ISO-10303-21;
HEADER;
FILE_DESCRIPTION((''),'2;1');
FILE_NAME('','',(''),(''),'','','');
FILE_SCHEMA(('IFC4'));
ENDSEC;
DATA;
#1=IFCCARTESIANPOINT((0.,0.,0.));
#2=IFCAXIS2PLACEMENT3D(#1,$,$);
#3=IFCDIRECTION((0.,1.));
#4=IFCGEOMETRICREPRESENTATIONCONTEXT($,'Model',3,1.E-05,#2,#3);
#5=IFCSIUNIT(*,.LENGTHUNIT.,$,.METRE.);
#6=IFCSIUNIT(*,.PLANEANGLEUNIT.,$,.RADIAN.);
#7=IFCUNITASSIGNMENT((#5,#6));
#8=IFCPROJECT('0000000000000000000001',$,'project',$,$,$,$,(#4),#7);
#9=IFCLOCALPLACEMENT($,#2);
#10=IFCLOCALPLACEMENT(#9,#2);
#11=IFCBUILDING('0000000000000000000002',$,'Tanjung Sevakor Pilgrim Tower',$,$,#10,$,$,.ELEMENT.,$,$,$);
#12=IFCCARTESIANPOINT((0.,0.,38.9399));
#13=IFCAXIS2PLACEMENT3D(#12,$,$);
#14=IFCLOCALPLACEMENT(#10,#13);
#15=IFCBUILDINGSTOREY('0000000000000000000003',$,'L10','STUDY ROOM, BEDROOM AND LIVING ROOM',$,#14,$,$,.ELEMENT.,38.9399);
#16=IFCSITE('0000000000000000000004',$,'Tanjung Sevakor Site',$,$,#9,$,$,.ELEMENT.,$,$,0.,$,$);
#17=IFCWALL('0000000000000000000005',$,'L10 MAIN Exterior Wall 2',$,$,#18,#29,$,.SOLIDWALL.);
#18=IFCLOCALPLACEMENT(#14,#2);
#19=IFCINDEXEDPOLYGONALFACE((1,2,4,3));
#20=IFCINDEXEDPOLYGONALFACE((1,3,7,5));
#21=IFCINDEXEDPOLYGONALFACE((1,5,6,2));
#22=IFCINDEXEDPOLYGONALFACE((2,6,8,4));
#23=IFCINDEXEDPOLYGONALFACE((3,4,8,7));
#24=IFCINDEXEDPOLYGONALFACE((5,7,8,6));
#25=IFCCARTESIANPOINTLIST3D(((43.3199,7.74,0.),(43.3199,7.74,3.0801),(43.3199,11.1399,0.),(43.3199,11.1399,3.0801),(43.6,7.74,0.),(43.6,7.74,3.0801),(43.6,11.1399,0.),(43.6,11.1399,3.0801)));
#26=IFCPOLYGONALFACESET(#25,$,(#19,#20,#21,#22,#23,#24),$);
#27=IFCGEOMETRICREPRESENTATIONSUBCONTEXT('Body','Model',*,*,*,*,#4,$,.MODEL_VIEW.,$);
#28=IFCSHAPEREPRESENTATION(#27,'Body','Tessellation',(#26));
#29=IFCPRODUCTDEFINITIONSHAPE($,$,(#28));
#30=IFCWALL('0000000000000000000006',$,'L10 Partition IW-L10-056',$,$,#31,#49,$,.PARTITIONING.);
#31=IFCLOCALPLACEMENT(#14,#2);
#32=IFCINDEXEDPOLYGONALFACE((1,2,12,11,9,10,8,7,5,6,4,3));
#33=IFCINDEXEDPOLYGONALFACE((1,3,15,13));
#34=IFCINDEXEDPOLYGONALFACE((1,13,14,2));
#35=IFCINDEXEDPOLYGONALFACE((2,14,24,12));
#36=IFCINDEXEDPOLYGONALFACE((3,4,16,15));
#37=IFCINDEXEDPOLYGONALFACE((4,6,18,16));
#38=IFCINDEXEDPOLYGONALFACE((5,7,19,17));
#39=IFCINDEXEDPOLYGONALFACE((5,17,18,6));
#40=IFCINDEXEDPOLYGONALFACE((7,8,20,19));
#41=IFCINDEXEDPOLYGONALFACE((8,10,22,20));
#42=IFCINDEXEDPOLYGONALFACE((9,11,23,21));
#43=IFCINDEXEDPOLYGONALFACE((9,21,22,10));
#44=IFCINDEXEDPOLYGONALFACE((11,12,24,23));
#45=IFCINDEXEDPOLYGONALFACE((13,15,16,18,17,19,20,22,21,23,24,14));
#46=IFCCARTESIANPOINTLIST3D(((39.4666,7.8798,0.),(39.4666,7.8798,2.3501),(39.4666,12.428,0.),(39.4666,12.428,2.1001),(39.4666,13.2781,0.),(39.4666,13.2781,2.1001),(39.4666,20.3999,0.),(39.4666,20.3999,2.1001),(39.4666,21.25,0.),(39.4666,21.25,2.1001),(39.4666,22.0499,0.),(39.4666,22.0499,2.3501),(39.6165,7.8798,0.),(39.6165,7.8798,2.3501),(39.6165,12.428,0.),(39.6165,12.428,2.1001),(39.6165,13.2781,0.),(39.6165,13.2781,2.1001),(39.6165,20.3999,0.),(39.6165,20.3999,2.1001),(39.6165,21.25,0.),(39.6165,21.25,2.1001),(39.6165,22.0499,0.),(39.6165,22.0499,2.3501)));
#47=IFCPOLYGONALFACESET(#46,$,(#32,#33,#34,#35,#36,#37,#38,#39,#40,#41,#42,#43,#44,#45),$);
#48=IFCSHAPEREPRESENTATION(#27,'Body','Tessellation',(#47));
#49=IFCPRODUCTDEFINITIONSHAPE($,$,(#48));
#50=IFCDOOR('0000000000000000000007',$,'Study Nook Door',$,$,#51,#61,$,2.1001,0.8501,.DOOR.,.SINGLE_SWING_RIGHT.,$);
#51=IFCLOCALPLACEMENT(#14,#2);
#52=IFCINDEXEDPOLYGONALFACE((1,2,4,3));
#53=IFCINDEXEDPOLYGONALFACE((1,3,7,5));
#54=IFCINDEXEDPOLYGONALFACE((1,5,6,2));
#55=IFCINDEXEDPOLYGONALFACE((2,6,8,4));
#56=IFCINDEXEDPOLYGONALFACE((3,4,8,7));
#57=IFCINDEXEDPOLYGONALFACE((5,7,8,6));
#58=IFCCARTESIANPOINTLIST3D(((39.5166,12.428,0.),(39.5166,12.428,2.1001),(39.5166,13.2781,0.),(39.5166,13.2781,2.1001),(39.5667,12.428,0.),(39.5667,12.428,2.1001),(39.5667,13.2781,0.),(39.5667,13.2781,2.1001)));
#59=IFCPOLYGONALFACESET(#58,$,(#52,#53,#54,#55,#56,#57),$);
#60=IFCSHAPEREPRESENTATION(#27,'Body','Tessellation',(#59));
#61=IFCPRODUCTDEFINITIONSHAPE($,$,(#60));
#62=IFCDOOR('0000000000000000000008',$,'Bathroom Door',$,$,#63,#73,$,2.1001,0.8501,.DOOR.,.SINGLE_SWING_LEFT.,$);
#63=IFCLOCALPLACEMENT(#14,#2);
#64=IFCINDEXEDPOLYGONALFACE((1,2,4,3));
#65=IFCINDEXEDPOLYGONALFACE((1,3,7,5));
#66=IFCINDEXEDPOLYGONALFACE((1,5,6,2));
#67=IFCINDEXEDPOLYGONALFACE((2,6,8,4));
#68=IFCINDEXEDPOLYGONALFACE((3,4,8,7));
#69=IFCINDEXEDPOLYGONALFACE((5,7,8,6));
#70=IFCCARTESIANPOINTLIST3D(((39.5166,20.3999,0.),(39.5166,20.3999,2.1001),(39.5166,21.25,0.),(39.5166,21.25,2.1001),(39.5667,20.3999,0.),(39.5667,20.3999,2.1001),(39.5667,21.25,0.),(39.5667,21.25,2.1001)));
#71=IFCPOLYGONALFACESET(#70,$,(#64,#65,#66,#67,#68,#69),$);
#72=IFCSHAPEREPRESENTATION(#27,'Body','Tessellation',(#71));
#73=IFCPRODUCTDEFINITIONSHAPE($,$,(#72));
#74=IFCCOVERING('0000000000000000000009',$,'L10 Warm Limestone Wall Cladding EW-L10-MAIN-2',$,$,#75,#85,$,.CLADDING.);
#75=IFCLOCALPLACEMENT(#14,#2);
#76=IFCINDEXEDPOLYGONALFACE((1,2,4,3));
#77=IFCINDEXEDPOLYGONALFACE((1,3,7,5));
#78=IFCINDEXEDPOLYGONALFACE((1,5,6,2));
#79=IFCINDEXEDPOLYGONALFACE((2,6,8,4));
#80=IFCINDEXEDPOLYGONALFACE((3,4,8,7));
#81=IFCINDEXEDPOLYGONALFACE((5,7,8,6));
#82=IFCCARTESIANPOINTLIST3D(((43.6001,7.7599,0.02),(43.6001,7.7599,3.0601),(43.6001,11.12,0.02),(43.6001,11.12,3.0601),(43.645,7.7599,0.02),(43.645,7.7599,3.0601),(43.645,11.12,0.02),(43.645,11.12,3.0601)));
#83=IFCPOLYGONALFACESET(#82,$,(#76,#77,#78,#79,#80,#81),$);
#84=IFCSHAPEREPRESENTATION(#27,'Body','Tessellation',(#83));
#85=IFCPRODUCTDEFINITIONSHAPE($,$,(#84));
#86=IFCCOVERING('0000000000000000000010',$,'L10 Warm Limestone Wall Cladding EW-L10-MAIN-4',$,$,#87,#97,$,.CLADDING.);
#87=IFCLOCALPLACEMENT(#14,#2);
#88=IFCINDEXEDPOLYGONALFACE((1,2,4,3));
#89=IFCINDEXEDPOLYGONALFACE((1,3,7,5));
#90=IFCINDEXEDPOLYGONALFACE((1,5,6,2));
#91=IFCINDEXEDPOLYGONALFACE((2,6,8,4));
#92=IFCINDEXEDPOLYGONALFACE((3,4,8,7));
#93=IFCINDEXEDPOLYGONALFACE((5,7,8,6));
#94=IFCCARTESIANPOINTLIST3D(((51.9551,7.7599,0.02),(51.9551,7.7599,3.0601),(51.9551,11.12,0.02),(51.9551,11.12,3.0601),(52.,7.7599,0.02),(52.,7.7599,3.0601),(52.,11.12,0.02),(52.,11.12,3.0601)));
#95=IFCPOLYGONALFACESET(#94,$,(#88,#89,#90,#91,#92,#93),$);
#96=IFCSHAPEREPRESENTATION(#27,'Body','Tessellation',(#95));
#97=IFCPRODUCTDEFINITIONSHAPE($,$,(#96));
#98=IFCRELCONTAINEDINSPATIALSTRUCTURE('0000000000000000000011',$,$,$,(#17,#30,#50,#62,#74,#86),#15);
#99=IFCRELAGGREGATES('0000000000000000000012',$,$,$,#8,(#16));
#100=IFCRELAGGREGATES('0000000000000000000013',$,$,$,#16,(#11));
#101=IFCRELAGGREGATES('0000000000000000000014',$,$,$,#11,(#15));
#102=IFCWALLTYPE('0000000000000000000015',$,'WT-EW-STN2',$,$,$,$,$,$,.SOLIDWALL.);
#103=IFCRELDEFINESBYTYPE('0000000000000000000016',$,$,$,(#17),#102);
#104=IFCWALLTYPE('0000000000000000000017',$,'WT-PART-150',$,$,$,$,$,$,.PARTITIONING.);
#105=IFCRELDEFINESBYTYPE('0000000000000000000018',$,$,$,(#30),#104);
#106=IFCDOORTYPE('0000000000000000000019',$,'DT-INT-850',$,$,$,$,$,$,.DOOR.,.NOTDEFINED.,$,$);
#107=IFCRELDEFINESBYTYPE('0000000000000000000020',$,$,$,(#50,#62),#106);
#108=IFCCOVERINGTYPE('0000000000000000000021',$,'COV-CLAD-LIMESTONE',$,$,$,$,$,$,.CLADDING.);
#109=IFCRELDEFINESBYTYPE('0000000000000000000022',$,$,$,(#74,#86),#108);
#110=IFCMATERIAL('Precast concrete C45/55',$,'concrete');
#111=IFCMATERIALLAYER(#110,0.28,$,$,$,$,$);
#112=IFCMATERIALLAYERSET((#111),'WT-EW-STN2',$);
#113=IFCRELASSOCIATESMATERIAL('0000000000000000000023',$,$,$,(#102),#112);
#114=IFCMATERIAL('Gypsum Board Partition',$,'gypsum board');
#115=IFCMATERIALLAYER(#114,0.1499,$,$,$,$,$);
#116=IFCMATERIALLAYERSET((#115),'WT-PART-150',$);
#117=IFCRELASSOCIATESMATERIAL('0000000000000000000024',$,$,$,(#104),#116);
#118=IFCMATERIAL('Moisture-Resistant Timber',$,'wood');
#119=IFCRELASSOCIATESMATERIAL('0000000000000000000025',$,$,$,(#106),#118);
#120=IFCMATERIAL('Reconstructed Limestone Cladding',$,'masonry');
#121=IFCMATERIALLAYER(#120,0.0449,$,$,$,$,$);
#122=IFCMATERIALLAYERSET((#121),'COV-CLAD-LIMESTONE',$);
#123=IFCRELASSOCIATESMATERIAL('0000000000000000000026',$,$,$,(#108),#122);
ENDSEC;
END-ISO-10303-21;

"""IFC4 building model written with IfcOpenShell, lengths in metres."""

from ifc_helpers import new_model, si_unit, direction, frame, frame_2d, origin, origin_2d, place, context, subcontext, project, spatial, rectangle, extrude, material, layer, layer_set, type_object, element, fill, save


model = new_model("IFC4")

# Units and contexts
model_context = context("Model", 3, precision=1e-05, world=origin(), true_north=direction((0.0, 1.0)))
body_context = subcontext(model_context, "Body", "Model", "MODEL_VIEW")
ifc_project = project(units=[si_unit("LENGTHUNIT", "METRE"), si_unit("PLANEANGLEUNIT", "RADIAN")], contexts=[model_context])

# Site, building, storey
site_placement = place(None, origin())
site = spatial("IfcSite", under=ifc_project, at=site_placement, Name="Tanjung Sevakor Site", CompositionType="ELEMENT", RefElevation=0.0)
building_placement = place(site_placement, origin())
building = spatial("IfcBuilding", under=site, at=building_placement, Name="Tanjung Sevakor Pilgrim Tower", CompositionType="ELEMENT")
storey_placement = place(building_placement, frame((0.0, 0.0, 38.9399)))
storey = spatial("IfcBuildingStorey", under=building, at=storey_placement, Name="L10", Description="STUDY ROOM, BEDROOM AND LIVING ROOM", CompositionType="ELEMENT", Elevation=38.9399)

# Wall
ifc_material_1 = material(Name="Precast concrete C45/55", Category="concrete")
ifc_layer_1 = layer(ifc_material_1, 0.28)
ifc_layer_set_1 = layer_set([ifc_layer_1], Name="WT-EW-STN2")
wall_type_1 = type_object("IfcWallType", Name="WT-EW-STN2", PredefinedType="SOLIDWALL", material=ifc_layer_set_1)
wall_1_placement = place(storey_placement, frame((43.46, 7.74, 0.0), z_axis=(0.0, 0.0, 1.0), x_axis=(0.0, 1.0, 0.0)))
element("IfcWall", 1, at=wall_1_placement, inside=storey, type_object=wall_type_1, Name="L10 MAIN Exterior Wall 2", PredefinedType="SOLIDWALL", context=body_context, shape_type="SweptSolid", body=[
    extrude(rectangle(XDim=3.3999, YDim=0.28, at=frame_2d((1.7, 0.0))), origin(), (0.0, 0.0, 1.0), 3.0801),
])

# Wall, openings, doors
ifc_material_2 = material(Name="Gypsum Board Partition", Category="gypsum board")
ifc_layer_2 = layer(ifc_material_2, 0.1499)
ifc_layer_set_2 = layer_set([ifc_layer_2], Name="WT-PART-150")
wall_type_2 = type_object("IfcWallType", Name="WT-PART-150", PredefinedType="PARTITIONING", material=ifc_layer_set_2)
wall_2_placement = place(storey_placement, frame((39.5415, 7.8799, 0.0), z_axis=(0.0, 0.0, 1.0), x_axis=(0.0, 1.0, 0.0)))
wall_2 = element("IfcWall", 2, at=wall_2_placement, inside=storey, type_object=wall_type_2, Name="L10 Partition IW-L10-056", PredefinedType="PARTITIONING", context=body_context, shape_type="SweptSolid", body=[
    extrude(rectangle(XDim=14.1702, YDim=0.1499, at=frame_2d((7.085, 0.0))), origin(), (0.0, 0.0, 1.0), 2.3501),
])
opening_1_placement = place(wall_2_placement, frame((4.5481, 0.0, 0.0)))
opening_1 = element("IfcOpeningElement", 3, at=opening_1_placement, cuts=wall_2, PredefinedType="OPENING", context=body_context, shape_type="SweptSolid", body=[
    extrude(rectangle(XDim=0.8501, YDim=2.1001, at=frame_2d((0.425, 1.05))), frame((0.0, 0.085, 0.0), z_axis=(0.0, -1.0, 0.0), x_axis=(1.0, 0.0, 0.0)), (0.0, 0.0, 1.0), 0.1699),
])
opening_2_placement = place(wall_2_placement, frame((12.52, 0.0, 0.0)))
opening_2 = element("IfcOpeningElement", 4, at=opening_2_placement, cuts=wall_2, PredefinedType="OPENING", context=body_context, shape_type="SweptSolid", body=[
    extrude(rectangle(XDim=0.8501, YDim=2.1001, at=frame_2d((0.425, 1.05))), frame((0.0, 0.085, 0.0), z_axis=(0.0, -1.0, 0.0), x_axis=(1.0, 0.0, 0.0)), (0.0, 0.0, 1.0), 0.1699),
])
ifc_material_3 = material(Name="Moisture-Resistant Timber", Category="wood")
door_type_1 = type_object("IfcDoorType", Name="DT-INT-850", OperationType="NOTDEFINED", PredefinedType="DOOR", material=ifc_material_3)
door_1_placement = place(opening_1_placement, origin())
door_1 = element("IfcDoor", 5, at=door_1_placement, inside=storey, type_object=door_type_1, Name="Study Nook Door", OperationType="SINGLE_SWING_RIGHT", OverallHeight=2.1001, OverallWidth=0.8501, PredefinedType="DOOR", context=body_context, shape_type="SweptSolid", body=[
    extrude(rectangle(XDim=0.8501, YDim=2.1001, at=frame_2d((0.425, 1.05))), frame((0.0, 0.0249, 0.0), z_axis=(0.0, -1.0, 0.0), x_axis=(1.0, 0.0, 0.0)), (0.0, 0.0, 1.0), 0.05),
])
fill(opening_1, door_1)
door_2_placement = place(opening_2_placement, origin())
door_2 = element("IfcDoor", 6, at=door_2_placement, inside=storey, type_object=door_type_1, Name="Bathroom Door", OperationType="SINGLE_SWING_LEFT", OverallHeight=2.1001, OverallWidth=0.8501, PredefinedType="DOOR", context=body_context, shape_type="SweptSolid", body=[
    extrude(rectangle(XDim=0.8501, YDim=2.1001, at=frame_2d((0.425, 1.05))), frame((0.0, 0.0249, 0.0), z_axis=(0.0, -1.0, 0.0), x_axis=(1.0, 0.0, 0.0)), (0.0, 0.0, 1.0), 0.05),
])
fill(opening_2, door_2)

# Coverings
ifc_material_4 = material(Name="Reconstructed Limestone Cladding", Category="masonry")
ifc_layer_3 = layer(ifc_material_4, 0.0449)
ifc_layer_set_3 = layer_set([ifc_layer_3], Name="COV-CLAD-LIMESTONE")
covering_type = type_object("IfcCoveringType", Name="COV-CLAD-LIMESTONE", PredefinedType="CLADDING", material=ifc_layer_set_3)
for number, where, z_axis, x_axis, name in (
    (7, (43.6226, 9.4399, 0.02), (0.0, 0.0, 1.0), (0.0, 1.0, 0.0), "L10 Warm Limestone Wall Cladding EW-L10-MAIN-2"),
    (8, (51.9775, 9.4399, 0.02), (0.0, 0.0, 1.0), (0.0, -1.0, 0.0), "L10 Warm Limestone Wall Cladding EW-L10-MAIN-4"),
):
    element("IfcCovering", number, at=place(storey_placement, frame(where, z_axis=z_axis, x_axis=x_axis)), inside=storey, type_object=covering_type, Name=name, PredefinedType="CLADDING", context=body_context, shape_type="SweptSolid", body=[
        extrude(rectangle(XDim=3.3601, YDim=0.0449, at=origin_2d()), origin(), (0.0, 0.0, 1.0), 3.04),
    ])

save(model, "model.ifc")
